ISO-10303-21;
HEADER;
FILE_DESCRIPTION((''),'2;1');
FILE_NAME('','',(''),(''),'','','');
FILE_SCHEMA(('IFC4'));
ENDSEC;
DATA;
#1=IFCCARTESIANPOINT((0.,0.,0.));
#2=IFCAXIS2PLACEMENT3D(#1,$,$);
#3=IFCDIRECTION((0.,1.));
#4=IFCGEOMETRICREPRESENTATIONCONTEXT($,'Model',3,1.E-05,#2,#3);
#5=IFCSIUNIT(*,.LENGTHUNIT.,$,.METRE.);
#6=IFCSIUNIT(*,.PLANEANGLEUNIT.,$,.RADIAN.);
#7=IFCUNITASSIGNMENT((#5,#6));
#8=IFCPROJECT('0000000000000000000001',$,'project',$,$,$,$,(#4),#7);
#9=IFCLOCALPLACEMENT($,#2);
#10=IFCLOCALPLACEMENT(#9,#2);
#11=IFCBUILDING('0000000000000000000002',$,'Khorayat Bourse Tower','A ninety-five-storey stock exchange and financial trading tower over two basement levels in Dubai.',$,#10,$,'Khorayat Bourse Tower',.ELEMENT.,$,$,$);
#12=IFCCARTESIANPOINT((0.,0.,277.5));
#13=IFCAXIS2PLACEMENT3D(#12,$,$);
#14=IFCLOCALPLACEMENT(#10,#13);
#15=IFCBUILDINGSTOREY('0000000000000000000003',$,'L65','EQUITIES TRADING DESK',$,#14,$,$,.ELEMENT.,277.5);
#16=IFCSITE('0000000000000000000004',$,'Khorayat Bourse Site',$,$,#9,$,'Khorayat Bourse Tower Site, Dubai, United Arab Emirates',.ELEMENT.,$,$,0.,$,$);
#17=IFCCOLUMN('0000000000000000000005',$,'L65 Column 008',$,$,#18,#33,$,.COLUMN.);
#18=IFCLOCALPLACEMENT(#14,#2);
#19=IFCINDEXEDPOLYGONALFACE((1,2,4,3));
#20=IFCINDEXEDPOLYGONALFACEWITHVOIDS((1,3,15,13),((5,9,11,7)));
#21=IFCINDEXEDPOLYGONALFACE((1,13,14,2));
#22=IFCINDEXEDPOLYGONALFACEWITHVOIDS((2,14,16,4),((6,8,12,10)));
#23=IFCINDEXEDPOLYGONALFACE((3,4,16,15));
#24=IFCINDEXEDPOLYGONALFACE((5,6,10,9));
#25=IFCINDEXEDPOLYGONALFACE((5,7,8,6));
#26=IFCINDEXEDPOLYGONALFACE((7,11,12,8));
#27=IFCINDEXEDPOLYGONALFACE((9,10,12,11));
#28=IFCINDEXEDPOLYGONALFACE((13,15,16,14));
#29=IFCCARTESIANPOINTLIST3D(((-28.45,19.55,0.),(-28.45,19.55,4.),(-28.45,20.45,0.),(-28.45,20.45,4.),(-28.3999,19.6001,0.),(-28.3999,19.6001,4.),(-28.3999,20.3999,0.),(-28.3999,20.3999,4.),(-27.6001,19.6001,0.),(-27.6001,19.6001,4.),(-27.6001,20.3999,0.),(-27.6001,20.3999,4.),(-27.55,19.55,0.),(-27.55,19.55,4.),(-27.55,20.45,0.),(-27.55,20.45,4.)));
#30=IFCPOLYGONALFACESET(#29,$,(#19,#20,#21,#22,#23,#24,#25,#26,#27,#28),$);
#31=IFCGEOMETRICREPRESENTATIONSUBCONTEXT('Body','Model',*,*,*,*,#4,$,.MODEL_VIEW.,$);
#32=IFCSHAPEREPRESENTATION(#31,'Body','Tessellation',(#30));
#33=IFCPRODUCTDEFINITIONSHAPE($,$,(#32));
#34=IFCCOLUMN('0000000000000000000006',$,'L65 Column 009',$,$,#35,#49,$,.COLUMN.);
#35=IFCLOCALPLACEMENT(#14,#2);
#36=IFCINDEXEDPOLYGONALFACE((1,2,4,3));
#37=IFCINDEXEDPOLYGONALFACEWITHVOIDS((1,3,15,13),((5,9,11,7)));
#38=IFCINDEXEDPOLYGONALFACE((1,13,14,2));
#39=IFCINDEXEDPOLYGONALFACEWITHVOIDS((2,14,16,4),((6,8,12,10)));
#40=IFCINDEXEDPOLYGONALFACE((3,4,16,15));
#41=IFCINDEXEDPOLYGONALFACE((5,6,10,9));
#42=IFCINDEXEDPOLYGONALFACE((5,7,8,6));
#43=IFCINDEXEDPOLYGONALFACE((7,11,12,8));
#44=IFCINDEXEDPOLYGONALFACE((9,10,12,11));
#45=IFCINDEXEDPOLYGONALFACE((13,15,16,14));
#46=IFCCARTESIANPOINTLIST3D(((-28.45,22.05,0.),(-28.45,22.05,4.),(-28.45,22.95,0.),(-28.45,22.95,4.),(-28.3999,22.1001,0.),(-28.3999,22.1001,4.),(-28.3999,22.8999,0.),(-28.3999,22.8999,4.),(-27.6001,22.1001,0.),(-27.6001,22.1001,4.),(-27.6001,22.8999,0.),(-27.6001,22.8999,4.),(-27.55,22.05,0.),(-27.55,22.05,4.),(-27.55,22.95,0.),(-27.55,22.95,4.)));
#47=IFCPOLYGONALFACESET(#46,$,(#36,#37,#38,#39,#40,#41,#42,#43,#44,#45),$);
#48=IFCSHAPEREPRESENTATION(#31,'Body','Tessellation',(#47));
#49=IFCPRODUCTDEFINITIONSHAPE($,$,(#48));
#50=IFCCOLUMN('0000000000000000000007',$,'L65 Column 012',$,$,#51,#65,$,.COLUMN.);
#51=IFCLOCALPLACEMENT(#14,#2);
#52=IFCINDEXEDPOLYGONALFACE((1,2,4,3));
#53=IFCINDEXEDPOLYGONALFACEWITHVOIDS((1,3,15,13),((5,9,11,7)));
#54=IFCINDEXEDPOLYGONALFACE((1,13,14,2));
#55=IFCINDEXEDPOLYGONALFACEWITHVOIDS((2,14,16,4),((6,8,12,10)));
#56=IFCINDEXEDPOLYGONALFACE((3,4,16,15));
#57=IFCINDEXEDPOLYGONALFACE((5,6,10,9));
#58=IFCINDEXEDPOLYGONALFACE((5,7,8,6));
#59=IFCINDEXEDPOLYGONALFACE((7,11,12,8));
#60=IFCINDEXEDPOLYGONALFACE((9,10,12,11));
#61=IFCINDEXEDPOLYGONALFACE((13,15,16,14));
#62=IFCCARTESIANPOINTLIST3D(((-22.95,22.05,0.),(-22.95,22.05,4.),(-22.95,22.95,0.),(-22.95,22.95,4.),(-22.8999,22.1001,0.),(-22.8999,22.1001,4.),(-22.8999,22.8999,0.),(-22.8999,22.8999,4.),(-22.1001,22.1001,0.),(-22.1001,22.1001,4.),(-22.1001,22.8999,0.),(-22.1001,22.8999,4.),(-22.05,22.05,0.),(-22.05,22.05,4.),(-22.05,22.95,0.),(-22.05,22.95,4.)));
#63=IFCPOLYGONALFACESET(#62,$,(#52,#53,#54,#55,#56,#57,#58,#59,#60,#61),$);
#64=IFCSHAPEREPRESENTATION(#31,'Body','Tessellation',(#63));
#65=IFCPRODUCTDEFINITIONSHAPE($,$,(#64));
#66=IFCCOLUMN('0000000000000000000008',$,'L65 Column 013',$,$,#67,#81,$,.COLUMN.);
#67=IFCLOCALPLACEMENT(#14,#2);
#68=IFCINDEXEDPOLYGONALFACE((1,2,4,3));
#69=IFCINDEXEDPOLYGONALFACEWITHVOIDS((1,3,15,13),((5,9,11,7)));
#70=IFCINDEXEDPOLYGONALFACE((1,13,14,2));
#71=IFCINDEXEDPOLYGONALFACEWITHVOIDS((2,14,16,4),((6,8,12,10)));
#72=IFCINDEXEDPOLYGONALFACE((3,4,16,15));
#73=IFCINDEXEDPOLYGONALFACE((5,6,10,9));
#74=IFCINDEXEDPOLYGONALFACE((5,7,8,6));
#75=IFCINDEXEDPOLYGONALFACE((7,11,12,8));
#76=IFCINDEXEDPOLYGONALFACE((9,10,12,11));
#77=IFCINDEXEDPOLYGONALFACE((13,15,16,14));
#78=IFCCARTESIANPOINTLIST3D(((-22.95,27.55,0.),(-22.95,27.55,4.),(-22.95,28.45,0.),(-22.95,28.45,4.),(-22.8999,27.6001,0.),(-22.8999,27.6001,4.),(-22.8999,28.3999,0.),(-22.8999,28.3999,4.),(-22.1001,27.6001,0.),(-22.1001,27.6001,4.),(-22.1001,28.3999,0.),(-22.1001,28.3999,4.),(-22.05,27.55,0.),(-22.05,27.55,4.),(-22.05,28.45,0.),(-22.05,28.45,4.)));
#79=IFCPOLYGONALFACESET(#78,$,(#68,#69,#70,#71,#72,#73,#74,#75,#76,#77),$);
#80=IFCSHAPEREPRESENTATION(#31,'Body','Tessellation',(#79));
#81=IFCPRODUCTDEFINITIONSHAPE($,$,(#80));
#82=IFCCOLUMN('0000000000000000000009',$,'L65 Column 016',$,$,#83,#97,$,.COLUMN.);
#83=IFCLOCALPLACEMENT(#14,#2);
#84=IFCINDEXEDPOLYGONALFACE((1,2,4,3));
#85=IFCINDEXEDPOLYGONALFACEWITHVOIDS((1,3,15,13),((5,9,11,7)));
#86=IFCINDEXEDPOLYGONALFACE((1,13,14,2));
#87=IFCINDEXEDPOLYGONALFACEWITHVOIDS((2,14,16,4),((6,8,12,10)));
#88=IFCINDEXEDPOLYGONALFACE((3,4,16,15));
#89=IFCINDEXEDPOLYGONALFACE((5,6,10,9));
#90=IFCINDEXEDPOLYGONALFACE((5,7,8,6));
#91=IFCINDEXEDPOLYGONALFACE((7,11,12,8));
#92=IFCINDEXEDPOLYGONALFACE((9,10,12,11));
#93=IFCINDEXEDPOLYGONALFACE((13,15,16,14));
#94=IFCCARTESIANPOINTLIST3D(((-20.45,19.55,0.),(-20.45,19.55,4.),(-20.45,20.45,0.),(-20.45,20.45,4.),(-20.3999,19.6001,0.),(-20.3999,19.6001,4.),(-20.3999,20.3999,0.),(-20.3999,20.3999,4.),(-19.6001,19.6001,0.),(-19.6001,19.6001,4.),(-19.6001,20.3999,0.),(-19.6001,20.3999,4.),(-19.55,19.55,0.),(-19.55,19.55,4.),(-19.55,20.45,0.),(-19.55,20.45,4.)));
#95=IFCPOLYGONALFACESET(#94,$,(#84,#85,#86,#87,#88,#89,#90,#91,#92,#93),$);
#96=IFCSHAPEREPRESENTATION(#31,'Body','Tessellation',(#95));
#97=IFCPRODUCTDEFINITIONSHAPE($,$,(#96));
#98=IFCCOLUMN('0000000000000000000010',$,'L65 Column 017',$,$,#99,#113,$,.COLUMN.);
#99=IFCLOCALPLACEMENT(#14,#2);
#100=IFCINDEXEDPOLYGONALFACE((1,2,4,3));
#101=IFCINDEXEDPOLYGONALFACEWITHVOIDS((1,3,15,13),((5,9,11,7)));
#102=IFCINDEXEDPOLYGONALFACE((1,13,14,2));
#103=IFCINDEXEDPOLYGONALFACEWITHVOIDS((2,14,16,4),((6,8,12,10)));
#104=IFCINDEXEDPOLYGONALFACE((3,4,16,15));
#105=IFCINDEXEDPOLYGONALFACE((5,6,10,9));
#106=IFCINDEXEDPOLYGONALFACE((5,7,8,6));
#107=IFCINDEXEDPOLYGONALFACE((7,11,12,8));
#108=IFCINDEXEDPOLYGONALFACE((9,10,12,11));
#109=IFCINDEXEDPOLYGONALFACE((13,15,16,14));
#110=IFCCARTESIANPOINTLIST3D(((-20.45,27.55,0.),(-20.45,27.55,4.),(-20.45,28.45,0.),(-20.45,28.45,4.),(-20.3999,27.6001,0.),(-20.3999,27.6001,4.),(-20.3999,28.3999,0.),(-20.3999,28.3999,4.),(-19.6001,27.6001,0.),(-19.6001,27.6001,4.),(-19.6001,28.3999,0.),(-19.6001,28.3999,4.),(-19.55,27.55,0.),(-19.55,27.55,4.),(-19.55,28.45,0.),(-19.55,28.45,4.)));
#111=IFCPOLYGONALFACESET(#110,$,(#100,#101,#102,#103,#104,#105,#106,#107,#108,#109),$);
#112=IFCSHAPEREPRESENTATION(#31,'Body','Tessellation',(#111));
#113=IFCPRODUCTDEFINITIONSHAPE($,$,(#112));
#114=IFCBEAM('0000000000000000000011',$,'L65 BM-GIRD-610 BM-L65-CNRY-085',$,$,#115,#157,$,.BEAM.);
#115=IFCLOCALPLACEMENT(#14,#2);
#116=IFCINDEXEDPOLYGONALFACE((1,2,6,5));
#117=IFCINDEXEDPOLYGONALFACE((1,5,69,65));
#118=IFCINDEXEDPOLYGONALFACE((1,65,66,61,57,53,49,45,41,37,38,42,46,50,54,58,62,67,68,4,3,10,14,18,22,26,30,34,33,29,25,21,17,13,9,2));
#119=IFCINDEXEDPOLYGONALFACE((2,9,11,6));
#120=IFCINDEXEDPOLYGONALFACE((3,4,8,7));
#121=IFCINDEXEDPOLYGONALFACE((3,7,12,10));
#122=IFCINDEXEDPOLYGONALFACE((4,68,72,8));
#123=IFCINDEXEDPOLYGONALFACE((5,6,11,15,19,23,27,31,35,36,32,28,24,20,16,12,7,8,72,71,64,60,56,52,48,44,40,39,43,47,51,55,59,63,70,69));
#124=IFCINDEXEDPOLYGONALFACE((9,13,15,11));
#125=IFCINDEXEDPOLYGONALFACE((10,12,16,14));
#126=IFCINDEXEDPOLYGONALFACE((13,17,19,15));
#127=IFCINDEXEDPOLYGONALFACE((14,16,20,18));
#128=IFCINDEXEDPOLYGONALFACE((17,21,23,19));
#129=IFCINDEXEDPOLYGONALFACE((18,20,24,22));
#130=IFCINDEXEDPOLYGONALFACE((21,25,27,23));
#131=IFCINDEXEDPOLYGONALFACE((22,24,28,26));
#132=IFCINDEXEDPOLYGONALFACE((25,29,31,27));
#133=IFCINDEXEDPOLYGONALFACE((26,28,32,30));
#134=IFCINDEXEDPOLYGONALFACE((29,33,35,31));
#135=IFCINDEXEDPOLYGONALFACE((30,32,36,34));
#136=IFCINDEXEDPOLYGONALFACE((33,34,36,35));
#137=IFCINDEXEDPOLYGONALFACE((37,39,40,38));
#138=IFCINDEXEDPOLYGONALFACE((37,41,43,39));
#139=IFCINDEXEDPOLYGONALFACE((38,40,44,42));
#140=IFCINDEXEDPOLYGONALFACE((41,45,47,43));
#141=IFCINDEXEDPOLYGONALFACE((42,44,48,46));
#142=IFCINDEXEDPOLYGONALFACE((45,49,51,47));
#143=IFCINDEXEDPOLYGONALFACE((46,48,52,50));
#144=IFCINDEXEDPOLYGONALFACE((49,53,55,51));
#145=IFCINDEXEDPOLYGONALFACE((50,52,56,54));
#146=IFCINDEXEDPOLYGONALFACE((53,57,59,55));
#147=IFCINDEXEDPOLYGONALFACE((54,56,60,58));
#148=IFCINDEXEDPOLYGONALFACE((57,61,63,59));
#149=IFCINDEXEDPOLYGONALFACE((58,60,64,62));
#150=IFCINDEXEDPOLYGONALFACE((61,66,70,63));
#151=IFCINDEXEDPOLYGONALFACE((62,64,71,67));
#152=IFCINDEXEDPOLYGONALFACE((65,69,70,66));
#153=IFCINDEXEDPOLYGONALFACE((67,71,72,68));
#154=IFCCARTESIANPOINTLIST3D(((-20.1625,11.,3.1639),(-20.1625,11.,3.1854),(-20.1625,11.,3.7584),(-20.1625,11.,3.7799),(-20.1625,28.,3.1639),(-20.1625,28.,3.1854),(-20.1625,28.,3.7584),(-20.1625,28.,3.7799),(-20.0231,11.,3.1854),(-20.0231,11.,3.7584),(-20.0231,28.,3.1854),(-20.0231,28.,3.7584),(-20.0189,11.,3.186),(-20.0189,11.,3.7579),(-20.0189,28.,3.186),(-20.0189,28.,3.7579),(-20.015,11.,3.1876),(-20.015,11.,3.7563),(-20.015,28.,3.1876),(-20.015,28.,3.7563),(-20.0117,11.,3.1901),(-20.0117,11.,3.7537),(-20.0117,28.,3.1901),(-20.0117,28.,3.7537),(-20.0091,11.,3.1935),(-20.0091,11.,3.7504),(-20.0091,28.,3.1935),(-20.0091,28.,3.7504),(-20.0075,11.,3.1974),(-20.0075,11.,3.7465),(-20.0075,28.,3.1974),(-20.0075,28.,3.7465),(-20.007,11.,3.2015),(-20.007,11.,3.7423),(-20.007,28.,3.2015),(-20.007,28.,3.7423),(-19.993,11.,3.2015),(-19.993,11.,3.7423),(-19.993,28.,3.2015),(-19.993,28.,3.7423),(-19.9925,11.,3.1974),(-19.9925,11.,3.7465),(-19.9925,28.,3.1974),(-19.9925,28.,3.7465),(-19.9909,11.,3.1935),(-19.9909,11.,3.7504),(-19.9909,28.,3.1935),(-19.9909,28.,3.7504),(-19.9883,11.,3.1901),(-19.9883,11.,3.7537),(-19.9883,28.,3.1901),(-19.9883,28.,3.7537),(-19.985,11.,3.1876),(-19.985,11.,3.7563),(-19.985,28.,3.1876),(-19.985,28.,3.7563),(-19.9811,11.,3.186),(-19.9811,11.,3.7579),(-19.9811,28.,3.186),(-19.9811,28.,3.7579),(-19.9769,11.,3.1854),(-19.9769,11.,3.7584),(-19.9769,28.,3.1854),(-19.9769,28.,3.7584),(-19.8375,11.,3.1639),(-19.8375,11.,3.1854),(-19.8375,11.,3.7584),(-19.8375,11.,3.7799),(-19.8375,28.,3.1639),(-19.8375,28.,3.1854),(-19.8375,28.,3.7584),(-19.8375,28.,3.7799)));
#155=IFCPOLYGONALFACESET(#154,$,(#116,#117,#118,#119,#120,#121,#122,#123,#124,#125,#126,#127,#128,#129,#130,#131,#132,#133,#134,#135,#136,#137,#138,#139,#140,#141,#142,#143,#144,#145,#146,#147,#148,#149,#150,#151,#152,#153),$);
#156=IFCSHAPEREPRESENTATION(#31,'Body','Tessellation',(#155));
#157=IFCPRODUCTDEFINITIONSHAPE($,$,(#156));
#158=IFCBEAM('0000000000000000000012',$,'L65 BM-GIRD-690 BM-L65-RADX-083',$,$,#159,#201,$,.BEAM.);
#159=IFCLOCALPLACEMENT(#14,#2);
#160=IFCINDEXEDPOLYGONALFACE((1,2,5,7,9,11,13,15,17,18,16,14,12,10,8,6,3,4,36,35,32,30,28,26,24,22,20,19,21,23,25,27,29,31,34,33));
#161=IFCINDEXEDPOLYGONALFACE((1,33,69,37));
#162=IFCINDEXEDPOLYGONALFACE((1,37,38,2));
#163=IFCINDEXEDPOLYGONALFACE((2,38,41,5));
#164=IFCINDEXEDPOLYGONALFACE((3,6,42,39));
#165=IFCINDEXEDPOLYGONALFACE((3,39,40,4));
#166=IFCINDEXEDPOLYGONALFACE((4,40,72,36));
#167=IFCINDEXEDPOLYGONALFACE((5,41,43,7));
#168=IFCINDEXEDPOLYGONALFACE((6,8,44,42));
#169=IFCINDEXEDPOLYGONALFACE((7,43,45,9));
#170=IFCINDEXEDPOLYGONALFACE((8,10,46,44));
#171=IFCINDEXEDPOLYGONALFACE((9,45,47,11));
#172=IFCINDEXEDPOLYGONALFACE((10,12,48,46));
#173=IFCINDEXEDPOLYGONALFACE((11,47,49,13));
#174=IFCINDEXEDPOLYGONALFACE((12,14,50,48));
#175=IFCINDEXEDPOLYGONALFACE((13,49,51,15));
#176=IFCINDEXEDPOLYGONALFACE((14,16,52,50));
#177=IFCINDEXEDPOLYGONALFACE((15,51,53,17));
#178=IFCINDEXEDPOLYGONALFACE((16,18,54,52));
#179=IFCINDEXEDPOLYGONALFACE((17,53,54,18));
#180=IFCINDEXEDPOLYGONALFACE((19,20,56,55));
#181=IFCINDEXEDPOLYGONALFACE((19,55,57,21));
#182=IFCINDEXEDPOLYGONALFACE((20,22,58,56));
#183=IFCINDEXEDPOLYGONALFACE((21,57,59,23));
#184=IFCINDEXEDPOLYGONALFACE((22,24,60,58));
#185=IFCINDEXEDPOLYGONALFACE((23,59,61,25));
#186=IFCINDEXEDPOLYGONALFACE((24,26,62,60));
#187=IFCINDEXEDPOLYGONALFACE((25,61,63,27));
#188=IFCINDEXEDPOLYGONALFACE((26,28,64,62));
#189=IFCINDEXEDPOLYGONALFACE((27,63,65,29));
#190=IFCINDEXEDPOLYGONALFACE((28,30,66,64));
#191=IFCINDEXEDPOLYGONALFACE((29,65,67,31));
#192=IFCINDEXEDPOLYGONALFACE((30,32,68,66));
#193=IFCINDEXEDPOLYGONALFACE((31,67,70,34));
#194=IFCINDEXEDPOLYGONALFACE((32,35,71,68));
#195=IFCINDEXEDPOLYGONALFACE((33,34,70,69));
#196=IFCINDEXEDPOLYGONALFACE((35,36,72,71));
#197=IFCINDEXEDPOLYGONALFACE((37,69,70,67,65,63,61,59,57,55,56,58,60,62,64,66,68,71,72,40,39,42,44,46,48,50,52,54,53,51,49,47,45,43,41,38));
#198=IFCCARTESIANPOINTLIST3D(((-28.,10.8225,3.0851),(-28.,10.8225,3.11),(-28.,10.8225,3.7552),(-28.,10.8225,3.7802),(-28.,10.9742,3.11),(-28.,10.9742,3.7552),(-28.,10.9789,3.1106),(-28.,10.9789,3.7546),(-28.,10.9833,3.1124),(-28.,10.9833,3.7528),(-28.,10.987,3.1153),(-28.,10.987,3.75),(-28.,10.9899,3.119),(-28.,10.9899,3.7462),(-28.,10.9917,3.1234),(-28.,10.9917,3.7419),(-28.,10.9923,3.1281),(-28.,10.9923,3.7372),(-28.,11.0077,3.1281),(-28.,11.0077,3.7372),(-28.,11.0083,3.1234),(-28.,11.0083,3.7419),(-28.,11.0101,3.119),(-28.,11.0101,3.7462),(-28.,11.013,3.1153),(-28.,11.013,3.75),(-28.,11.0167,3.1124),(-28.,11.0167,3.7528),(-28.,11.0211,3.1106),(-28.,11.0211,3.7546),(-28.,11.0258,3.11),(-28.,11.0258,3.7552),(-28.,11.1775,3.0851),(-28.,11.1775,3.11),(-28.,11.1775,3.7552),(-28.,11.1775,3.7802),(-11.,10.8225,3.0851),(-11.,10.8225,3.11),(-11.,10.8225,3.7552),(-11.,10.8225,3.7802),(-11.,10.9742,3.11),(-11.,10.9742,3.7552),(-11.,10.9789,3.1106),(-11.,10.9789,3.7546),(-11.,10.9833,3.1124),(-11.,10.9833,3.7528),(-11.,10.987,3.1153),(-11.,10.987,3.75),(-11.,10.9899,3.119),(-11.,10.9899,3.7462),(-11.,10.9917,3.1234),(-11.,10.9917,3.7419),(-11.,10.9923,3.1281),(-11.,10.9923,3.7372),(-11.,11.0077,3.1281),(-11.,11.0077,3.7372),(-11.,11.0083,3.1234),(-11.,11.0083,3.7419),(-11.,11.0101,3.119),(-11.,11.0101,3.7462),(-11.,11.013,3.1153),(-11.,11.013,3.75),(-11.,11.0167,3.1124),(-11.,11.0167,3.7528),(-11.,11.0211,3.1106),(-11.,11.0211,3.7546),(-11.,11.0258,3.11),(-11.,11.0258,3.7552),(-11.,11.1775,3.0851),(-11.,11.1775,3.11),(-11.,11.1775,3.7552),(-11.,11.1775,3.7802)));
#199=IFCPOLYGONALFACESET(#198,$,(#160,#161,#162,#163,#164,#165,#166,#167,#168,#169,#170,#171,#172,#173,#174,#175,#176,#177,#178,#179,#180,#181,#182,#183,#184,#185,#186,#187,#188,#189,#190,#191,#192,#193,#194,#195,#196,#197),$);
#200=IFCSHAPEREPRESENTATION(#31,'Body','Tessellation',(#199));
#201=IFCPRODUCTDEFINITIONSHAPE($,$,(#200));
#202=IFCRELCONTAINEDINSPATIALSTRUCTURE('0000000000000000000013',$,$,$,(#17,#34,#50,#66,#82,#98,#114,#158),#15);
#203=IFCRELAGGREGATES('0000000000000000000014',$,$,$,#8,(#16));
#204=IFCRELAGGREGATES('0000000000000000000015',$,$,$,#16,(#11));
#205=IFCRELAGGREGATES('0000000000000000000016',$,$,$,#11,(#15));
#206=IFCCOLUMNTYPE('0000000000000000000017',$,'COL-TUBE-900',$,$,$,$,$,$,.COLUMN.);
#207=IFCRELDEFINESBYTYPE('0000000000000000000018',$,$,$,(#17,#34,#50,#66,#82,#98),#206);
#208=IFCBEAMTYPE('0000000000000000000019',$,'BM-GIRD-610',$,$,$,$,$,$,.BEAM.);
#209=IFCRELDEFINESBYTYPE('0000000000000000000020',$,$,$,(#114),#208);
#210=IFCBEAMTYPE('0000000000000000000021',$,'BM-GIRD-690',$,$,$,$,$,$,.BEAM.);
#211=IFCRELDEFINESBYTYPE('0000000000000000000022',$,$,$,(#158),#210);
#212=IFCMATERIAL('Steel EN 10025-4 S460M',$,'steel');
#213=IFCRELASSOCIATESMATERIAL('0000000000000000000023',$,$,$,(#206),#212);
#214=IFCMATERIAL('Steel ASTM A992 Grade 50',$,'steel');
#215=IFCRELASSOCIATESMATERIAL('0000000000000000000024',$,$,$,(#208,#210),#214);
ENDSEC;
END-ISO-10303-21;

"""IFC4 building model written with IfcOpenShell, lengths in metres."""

from ifc_helpers import new_model, si_unit, direction, frame, origin, origin_2d, place, context, subcontext, project, spatial, hollow_rectangle, i_section, extrude, source, transform, mapped, material, material_profile, profile_set, type_object, element, save


model = new_model("IFC4")

# Units and contexts
model_context = context("Model", 3, precision=1e-05, world=origin(), true_north=direction((0.0, 1.0)))
body_context = subcontext(model_context, "Body", "Model", "MODEL_VIEW")
ifc_project = project(units=[si_unit("LENGTHUNIT", "METRE"), si_unit("PLANEANGLEUNIT", "RADIAN")], contexts=[model_context])

# Site, building, storey
site_placement = place(None, origin())
site = spatial("IfcSite", under=ifc_project, at=site_placement, Name="Khorayat Bourse Site", LongName="Khorayat Bourse Tower Site, Dubai, United Arab Emirates", CompositionType="ELEMENT", RefElevation=0.0)
building_placement = place(site_placement, origin())
building = spatial("IfcBuilding", under=site, at=building_placement, Name="Khorayat Bourse Tower", Description="A ninety-five-storey stock exchange and financial trading tower over two basement levels in Dubai.", LongName="Khorayat Bourse Tower", CompositionType="ELEMENT")
storey_placement = place(building_placement, frame((0.0, 0.0, 277.5)))
storey = spatial("IfcBuildingStorey", under=building, at=storey_placement, Name="L65", Description="EQUITIES TRADING DESK", CompositionType="ELEMENT", Elevation=277.5)

# Columns
ifc_material_1 = material(Name="Steel EN 10025-4 S460M", Category="steel")
ifc_material_profile_1 = material_profile(ifc_material_1, hollow_rectangle(XDim=0.8999, YDim=0.8999, WallThickness=0.05, at=origin_2d()), Name="BOX 900x900x50")
ifc_profile_set_1 = profile_set([ifc_material_profile_1], Name="Steel EN 10025-4 S460M")
column_type = type_object("IfcColumnType", Name="COL-TUBE-900", PredefinedType="COLUMN", material=ifc_profile_set_1)
shared_shape_1 = source(origin(), body_context, "Body", "SweptSolid", [
    extrude(hollow_rectangle(XDim=0.8999, YDim=0.8999, WallThickness=0.05, at=origin_2d()), origin(), (0.0, 0.0, 1.0), 4.0),
])
for number, where, z_axis, x_axis, name in (
    (1, (-28.0, 20.0, 0.0), (0.0, 0.0, 1.0), (1.0, 0.0, 0.0), "L65 Column 008"),
    (2, (-28.0, 22.5, 0.0), (0.0, 0.0, 1.0), (1.0, 0.0, 0.0), "L65 Column 009"),
    (3, (-22.5, 22.5, 0.0), (0.0, 0.0, 1.0), (1.0, 0.0, 0.0), "L65 Column 012"),
    (4, (-22.5, 28.0, 0.0), (0.0, 0.0, 1.0), (1.0, 0.0, 0.0), "L65 Column 013"),
    (5, (-20.0, 20.0, 0.0), (0.0, 0.0, 1.0), (1.0, 0.0, 0.0), "L65 Column 016"),
    (6, (-20.0, 28.0, 0.0), (0.0, 0.0, 1.0), (1.0, 0.0, 0.0), "L65 Column 017"),
):
    element("IfcColumn", number, at=place(storey_placement, frame(where, z_axis=z_axis, x_axis=x_axis)), inside=storey, type_object=column_type, Name=name, PredefinedType="COLUMN", context=body_context, shape_type="MappedRepresentation", body=[
        mapped(shared_shape_1, transform((0.0, 0.0, 0.0), scale=1.0)),
    ])

# Beams
ifc_material_2 = material(Name="Steel ASTM A992 Grade 50", Category="steel")
ifc_material_profile_2 = material_profile(ifc_material_2, i_section(OverallWidth=0.325, OverallDepth=0.616, WebThickness=0.0139, FlangeThickness=0.0215, FilletRadius=0.0161, at=origin_2d()), Name="W610X174")
ifc_profile_set_2 = profile_set([ifc_material_profile_2], Name="Steel ASTM A992 Grade 50")
beam_type_1 = type_object("IfcBeamType", Name="BM-GIRD-610", PredefinedType="BEAM", material=ifc_profile_set_2)
shared_shape_2 = source(origin(), body_context, "Body", "SweptSolid", [
    extrude(i_section(OverallWidth=0.325, OverallDepth=0.616, WebThickness=0.0139, FlangeThickness=0.0215, FilletRadius=0.0161, at=origin_2d()), origin(), (0.0, 0.0, 1.0), 17.0),
])
beam_1_placement = place(storey_placement, frame((-20.0, 11.0, 3.4719), z_axis=(0.0, 1.0, 0.0), x_axis=(-1.0, 0.0, 0.0)))
element("IfcBeam", 7, at=beam_1_placement, inside=storey, type_object=beam_type_1, Name="L65 BM-GIRD-610 BM-L65-CNRY-085", PredefinedType="BEAM", context=body_context, shape_type="MappedRepresentation", body=[
    mapped(shared_shape_2, transform((0.0, 0.0, 0.0), scale=1.0)),
])
ifc_material_profile_3 = material_profile(ifc_material_2, i_section(OverallWidth=0.355, OverallDepth=0.6951, WebThickness=0.0154, FlangeThickness=0.0249, FilletRadius=0.0181, at=origin_2d()), Name="W690X217")
ifc_profile_set_3 = profile_set([ifc_material_profile_3], Name="Steel ASTM A992 Grade 50")
beam_type_2 = type_object("IfcBeamType", Name="BM-GIRD-690", PredefinedType="BEAM", material=ifc_profile_set_3)
shared_shape_3 = source(origin(), body_context, "Body", "SweptSolid", [
    extrude(i_section(OverallWidth=0.355, OverallDepth=0.6951, WebThickness=0.0154, FlangeThickness=0.0249, FilletRadius=0.0181, at=origin_2d()), origin(), (0.0, 0.0, 1.0), 17.0),
])
beam_2_placement = place(storey_placement, frame((-28.0, 11.0, 3.4326), z_axis=(1.0, 0.0, 0.0), x_axis=(0.0, 1.0, 0.0)))
element("IfcBeam", 8, at=beam_2_placement, inside=storey, type_object=beam_type_2, Name="L65 BM-GIRD-690 BM-L65-RADX-083", PredefinedType="BEAM", context=body_context, shape_type="MappedRepresentation", body=[
    mapped(shared_shape_3, transform((0.0, 0.0, 0.0), scale=1.0)),
])

save(model, "model.ifc")
